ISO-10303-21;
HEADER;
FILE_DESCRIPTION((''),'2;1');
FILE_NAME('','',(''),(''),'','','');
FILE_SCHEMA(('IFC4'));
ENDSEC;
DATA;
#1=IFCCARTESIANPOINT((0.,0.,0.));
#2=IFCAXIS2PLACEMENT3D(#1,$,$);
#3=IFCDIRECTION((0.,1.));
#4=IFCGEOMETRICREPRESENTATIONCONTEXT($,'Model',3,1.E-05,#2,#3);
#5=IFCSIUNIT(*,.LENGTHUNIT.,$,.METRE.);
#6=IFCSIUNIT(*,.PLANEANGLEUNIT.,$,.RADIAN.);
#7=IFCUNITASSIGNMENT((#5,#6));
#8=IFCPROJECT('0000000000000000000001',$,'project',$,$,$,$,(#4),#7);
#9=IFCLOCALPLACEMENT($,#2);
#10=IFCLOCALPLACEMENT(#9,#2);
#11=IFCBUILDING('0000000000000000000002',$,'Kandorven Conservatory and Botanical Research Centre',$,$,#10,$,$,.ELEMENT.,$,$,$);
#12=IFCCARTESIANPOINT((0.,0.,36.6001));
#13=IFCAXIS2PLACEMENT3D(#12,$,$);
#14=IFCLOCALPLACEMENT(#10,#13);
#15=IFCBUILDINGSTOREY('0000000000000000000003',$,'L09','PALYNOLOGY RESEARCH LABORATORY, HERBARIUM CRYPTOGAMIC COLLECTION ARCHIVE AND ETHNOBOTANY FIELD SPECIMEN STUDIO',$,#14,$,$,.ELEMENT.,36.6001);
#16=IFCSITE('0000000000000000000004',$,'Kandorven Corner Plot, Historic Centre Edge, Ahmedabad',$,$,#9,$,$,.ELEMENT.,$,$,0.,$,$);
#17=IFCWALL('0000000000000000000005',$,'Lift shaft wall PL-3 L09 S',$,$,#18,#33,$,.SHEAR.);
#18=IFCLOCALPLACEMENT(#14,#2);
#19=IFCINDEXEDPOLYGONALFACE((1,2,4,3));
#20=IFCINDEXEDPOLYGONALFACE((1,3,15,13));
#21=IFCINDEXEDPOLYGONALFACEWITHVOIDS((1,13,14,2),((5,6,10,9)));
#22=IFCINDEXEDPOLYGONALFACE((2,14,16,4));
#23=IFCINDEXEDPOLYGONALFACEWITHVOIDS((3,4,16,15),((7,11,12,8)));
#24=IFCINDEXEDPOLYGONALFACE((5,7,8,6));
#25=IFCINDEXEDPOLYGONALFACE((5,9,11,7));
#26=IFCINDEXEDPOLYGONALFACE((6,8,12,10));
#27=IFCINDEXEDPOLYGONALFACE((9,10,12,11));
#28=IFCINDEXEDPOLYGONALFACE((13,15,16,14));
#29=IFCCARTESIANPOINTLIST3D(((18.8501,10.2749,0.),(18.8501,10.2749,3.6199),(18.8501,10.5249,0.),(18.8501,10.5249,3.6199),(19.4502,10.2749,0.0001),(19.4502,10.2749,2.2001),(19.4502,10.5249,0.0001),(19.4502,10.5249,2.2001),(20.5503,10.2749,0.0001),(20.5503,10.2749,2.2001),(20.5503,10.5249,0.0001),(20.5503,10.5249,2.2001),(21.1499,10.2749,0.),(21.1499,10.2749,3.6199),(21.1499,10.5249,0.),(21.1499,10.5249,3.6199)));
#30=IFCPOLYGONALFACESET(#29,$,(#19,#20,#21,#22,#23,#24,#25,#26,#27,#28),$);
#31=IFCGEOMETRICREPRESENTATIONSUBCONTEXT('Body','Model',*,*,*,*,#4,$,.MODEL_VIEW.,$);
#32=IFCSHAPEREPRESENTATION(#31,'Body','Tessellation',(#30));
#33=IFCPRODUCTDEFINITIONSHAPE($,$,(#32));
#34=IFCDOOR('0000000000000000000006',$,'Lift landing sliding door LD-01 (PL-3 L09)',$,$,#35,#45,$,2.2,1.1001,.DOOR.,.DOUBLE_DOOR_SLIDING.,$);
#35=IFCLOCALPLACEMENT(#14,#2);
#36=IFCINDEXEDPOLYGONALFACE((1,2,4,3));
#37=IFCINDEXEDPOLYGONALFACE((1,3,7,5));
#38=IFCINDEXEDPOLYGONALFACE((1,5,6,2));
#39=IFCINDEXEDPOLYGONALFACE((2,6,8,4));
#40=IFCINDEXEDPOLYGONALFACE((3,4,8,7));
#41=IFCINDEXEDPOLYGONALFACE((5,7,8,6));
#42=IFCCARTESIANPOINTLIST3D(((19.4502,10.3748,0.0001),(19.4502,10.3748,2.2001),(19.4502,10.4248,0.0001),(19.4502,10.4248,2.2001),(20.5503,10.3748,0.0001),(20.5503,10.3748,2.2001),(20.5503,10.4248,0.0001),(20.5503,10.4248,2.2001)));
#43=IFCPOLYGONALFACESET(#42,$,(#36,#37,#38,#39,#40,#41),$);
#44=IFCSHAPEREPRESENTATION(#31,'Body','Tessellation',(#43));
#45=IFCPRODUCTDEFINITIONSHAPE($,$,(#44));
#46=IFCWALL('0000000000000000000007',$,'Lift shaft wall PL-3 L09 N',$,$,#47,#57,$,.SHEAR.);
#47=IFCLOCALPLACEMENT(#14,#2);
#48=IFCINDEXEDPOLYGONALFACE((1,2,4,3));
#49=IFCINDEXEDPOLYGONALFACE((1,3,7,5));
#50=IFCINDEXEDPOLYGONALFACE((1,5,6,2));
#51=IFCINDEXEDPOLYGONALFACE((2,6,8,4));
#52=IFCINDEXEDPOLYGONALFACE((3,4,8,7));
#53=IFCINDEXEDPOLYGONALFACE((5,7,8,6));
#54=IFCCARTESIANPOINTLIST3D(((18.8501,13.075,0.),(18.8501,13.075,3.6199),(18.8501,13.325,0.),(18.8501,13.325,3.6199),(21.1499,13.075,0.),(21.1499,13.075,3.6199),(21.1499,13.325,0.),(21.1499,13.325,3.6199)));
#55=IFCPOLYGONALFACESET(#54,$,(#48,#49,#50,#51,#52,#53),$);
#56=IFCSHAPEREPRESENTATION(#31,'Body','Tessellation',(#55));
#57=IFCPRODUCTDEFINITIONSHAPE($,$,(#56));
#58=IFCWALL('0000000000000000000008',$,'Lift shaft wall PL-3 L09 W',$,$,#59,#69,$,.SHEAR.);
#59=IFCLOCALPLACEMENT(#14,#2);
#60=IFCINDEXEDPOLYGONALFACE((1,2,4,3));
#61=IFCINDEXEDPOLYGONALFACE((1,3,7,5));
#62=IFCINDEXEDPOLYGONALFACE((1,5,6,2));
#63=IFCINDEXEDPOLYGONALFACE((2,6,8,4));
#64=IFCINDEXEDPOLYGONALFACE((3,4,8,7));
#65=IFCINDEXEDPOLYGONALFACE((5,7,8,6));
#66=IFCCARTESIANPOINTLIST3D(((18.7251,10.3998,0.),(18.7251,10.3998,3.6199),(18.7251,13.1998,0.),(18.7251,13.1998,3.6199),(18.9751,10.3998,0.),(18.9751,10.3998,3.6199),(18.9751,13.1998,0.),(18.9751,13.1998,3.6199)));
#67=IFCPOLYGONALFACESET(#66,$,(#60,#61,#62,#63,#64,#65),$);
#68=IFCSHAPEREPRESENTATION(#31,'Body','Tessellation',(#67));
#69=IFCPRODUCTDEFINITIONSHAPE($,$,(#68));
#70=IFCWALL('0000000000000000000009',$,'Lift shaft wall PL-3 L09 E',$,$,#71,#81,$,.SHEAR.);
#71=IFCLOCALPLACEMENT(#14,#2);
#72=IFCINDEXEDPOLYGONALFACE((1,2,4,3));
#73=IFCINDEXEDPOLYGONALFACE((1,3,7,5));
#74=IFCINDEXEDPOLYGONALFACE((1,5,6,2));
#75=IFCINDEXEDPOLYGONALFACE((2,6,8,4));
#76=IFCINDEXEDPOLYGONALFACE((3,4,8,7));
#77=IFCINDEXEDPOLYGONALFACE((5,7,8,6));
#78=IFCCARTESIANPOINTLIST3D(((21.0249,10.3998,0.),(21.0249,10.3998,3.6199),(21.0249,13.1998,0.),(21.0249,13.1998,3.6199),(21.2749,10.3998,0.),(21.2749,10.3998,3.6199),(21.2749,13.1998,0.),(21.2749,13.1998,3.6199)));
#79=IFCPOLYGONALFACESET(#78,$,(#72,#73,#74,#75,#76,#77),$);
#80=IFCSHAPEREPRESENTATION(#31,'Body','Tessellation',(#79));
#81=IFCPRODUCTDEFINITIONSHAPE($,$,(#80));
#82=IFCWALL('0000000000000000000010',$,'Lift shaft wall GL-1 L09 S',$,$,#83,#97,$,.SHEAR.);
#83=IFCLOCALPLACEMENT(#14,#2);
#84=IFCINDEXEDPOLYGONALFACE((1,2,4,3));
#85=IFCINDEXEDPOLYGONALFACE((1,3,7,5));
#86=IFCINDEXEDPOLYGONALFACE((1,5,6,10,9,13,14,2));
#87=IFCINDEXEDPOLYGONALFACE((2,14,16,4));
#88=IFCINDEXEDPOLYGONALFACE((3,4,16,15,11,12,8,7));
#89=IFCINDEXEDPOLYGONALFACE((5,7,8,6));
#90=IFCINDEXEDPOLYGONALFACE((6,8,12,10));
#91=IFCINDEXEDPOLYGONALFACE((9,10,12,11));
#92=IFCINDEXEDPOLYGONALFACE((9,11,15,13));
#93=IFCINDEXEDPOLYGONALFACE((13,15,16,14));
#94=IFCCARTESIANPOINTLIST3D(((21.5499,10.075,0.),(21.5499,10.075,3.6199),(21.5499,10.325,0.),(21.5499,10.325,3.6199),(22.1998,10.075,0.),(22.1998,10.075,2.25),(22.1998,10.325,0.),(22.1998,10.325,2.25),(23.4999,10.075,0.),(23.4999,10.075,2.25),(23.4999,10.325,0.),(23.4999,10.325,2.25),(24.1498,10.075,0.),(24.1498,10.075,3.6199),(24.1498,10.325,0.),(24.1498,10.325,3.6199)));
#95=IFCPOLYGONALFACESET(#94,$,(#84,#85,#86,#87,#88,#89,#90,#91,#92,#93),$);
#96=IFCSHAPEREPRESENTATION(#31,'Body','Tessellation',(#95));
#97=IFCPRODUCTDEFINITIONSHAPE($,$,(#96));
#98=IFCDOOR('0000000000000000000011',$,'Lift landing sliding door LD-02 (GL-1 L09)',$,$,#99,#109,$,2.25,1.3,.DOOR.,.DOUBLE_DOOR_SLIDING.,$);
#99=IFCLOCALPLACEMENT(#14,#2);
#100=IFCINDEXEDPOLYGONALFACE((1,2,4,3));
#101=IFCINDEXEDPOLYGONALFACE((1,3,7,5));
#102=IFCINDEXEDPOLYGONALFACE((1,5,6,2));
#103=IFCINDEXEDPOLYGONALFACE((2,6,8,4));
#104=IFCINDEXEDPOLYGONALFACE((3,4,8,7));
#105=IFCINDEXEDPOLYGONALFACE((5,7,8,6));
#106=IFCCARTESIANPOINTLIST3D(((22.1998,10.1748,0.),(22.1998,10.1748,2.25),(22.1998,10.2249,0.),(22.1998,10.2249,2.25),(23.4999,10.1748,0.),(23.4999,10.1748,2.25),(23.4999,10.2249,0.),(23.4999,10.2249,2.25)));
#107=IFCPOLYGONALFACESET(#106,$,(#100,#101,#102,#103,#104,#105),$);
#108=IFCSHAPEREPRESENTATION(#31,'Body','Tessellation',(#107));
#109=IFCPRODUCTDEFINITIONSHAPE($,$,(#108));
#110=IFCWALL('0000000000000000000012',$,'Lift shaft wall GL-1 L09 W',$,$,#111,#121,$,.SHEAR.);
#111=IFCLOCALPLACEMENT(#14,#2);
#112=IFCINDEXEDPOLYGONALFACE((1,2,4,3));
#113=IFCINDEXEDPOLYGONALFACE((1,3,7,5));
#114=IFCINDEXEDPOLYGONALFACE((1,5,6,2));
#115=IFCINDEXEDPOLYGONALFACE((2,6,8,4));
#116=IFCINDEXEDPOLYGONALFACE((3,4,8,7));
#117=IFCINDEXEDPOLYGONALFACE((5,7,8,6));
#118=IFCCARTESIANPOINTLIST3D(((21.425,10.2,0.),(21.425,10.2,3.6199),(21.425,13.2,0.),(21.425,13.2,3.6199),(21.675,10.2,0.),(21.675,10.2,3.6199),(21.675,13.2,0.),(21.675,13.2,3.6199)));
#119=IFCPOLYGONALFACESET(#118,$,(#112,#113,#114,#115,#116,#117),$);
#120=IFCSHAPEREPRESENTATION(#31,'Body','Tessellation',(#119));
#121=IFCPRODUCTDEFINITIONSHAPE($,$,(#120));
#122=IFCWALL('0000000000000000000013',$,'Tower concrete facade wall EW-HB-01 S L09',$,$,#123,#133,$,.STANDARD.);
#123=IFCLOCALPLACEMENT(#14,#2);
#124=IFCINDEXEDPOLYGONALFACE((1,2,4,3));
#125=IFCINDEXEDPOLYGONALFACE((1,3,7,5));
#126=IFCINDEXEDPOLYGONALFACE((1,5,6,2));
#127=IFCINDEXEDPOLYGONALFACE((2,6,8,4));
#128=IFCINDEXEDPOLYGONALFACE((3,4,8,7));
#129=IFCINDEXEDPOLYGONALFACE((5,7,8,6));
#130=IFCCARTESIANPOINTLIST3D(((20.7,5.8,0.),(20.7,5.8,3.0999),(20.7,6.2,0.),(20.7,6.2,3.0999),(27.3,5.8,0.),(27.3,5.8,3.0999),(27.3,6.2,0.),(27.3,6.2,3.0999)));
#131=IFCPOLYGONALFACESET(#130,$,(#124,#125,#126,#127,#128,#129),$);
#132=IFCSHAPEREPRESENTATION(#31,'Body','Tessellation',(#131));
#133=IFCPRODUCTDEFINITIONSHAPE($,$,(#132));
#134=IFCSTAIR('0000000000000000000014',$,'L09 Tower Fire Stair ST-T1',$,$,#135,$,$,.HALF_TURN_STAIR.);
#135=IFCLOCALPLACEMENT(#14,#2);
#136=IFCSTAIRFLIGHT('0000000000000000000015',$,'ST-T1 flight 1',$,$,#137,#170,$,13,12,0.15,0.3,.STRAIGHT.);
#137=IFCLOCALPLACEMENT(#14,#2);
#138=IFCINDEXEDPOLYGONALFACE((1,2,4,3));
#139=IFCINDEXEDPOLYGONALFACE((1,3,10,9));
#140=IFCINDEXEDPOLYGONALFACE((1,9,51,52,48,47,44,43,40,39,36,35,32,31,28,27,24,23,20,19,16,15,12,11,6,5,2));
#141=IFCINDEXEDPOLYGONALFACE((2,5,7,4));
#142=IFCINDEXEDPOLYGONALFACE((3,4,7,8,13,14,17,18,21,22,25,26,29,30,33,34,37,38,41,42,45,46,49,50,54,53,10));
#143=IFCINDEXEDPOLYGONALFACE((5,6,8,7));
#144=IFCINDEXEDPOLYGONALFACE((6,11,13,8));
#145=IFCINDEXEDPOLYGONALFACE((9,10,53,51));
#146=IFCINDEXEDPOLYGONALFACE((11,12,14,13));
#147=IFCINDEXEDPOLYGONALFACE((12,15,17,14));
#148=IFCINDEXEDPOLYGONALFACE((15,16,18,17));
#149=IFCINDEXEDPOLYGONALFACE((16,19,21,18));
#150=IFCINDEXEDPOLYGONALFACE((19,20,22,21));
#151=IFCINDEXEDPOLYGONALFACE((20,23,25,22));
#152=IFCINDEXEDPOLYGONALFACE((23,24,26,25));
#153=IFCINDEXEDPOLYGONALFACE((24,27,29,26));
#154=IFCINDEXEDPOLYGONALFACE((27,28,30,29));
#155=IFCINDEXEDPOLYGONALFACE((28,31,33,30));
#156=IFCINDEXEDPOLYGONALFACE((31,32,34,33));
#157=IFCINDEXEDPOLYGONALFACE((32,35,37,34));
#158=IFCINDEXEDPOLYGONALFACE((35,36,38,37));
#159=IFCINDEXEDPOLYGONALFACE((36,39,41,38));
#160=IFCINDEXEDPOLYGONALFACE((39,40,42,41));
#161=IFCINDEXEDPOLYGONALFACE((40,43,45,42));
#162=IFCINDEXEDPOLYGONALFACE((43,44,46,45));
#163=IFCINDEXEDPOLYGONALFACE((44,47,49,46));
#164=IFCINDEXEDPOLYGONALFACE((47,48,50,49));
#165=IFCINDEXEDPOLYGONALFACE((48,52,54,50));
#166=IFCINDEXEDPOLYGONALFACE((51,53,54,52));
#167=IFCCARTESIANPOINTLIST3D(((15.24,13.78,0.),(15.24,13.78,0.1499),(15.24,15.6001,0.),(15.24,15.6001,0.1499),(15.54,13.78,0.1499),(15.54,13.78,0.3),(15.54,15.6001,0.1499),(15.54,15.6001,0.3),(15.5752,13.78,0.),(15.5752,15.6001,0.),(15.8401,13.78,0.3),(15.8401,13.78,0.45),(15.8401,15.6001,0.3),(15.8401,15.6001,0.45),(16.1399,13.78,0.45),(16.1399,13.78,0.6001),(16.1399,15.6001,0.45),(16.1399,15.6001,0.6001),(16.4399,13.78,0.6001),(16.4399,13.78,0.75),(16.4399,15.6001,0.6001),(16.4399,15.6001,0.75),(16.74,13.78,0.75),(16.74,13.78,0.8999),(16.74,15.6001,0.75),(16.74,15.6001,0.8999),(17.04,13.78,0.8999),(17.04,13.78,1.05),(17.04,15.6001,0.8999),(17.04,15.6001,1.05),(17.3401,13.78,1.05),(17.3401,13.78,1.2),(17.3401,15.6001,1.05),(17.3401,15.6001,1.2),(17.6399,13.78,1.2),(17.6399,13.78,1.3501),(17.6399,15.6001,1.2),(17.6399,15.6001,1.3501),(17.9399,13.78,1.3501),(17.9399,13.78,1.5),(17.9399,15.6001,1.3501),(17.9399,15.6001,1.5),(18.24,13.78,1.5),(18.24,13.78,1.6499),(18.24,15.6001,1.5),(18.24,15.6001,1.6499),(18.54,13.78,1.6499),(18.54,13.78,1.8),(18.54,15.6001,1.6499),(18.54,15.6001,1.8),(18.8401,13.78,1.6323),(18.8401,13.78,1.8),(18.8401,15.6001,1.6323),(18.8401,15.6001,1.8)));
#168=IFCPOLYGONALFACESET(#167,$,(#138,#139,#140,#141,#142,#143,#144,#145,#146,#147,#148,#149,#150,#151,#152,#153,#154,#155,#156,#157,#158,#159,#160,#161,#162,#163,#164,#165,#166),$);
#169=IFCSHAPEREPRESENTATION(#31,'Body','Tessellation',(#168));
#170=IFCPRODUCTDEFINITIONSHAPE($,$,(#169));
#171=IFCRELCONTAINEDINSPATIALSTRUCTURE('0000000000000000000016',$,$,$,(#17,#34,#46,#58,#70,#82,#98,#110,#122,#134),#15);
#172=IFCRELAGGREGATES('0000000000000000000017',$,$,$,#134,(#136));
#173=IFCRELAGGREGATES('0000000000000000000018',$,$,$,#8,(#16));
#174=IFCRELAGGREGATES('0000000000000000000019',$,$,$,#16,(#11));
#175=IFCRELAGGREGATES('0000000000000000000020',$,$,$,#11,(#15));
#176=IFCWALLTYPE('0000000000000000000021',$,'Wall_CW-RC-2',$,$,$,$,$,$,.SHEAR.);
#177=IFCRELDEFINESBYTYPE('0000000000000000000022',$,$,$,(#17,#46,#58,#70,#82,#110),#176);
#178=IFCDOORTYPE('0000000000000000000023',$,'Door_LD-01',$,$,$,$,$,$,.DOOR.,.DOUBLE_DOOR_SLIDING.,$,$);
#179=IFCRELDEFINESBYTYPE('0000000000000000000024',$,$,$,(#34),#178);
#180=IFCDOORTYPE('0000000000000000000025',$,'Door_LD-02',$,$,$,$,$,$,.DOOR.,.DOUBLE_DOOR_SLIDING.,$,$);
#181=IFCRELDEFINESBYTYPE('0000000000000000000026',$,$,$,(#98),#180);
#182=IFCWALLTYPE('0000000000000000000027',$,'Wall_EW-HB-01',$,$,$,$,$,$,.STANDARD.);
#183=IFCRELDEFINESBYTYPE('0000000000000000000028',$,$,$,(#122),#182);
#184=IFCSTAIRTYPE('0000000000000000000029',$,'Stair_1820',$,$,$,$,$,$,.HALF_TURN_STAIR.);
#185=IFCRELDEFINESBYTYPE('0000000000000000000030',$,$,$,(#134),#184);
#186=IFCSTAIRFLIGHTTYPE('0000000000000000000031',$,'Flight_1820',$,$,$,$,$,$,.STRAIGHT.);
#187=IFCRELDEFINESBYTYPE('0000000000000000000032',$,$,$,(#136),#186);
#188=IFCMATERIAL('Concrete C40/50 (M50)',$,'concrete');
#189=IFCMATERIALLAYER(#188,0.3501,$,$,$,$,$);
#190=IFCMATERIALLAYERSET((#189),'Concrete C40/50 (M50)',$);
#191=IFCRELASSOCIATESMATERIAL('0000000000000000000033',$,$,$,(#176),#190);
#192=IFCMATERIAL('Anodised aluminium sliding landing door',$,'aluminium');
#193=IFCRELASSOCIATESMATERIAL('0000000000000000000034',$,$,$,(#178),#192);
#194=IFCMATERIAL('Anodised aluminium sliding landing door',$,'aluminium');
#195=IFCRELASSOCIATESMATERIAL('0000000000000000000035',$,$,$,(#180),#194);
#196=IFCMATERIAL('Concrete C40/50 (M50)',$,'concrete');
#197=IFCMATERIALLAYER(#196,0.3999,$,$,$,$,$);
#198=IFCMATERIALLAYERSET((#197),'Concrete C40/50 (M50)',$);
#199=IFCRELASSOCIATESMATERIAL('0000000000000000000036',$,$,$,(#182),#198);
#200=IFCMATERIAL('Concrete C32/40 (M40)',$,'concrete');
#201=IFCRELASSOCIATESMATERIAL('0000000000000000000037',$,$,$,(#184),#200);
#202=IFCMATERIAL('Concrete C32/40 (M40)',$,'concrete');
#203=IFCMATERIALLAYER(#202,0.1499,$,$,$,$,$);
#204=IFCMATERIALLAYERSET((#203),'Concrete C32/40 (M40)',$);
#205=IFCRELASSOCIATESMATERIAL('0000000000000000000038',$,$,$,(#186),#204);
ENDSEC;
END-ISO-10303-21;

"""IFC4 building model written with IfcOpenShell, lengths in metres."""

from ifc_helpers import new_model, si_unit, direction, frame, frame_2d, origin, place, context, subcontext, project, spatial, polyline, rectangle, outline, extrude, material, layer, layer_set, type_object, element, fill, aggregate, save


model = new_model("IFC4")

# Units and contexts
model_context = context("Model", 3, precision=1e-05, world=origin(), true_north=direction((0.0, 1.0)))
body_context = subcontext(model_context, "Body", "Model", "MODEL_VIEW")
ifc_project = project(units=[si_unit("LENGTHUNIT", "METRE"), si_unit("PLANEANGLEUNIT", "RADIAN")], contexts=[model_context])

# Site, building, storey
site_placement = place(None, origin())
site = spatial("IfcSite", under=ifc_project, at=site_placement, Name="Kandorven Corner Plot, Historic Centre Edge, Ahmedabad", CompositionType="ELEMENT", RefElevation=0.0)
building_placement = place(site_placement, origin())
building = spatial("IfcBuilding", under=site, at=building_placement, Name="Kandorven Conservatory and Botanical Research Centre", CompositionType="ELEMENT")
storey_placement = place(building_placement, frame((0.0, 0.0, 36.6001)))
storey = spatial("IfcBuildingStorey", under=building, at=storey_placement, Name="L09", Description="PALYNOLOGY RESEARCH LABORATORY, HERBARIUM CRYPTOGAMIC COLLECTION ARCHIVE AND ETHNOBOTANY FIELD SPECIMEN STUDIO", CompositionType="ELEMENT", Elevation=36.6001)

# Shared definitions
ifc_material_1 = material(Name="Concrete C40/50 (M50)", Category="concrete")
ifc_layer_1 = layer(ifc_material_1, 0.3501)
ifc_layer_set_1 = layer_set([ifc_layer_1], Name="Concrete C40/50 (M50)")
wall_type_1 = type_object("IfcWallType", Name="Wall_CW-RC-2", PredefinedType="SHEAR", material=ifc_layer_set_1)

# Shared definitions
ifc_material_2 = material(Name="Anodised aluminium sliding landing door", Category="aluminium")
door_type_1 = type_object("IfcDoorType", Name="Door_LD-01", OperationType="DOUBLE_DOOR_SLIDING", PredefinedType="DOOR", material=ifc_material_2)

# Wall, opening, door
wall_1_placement = place(storey_placement, frame((18.8501, 10.3999, 0.0), z_axis=(0.0, 0.0, 1.0), x_axis=(1.0, 0.0, 0.0)))
wall_1 = element("IfcWall", 1, at=wall_1_placement, inside=storey, type_object=wall_type_1, Name="Lift shaft wall PL-3 L09 S", PredefinedType="SHEAR", context=body_context, shape_type="SweptSolid", body=[
    extrude(rectangle(XDim=2.2998, YDim=0.25, at=frame_2d((1.1499, 0.0))), origin(), (0.0, 0.0, 1.0), 3.6199),
])
opening_1_placement = place(wall_1_placement, frame((0.6001, 0.0, 0.0)))
opening_1 = element("IfcOpeningElement", 2, at=opening_1_placement, cuts=wall_1, PredefinedType="OPENING", context=body_context, shape_type="SweptSolid", body=[
    extrude(rectangle(XDim=1.1001, YDim=2.2, at=frame_2d((0.55, 1.1001))), frame((0.0, 0.135, 0.0), z_axis=(0.0, -1.0, 0.0), x_axis=(1.0, 0.0, 0.0)), (0.0, 0.0, 1.0), 0.27),
])
door_1_placement = place(opening_1_placement, origin())
door_1 = element("IfcDoor", 3, at=door_1_placement, inside=storey, type_object=door_type_1, Name="Lift landing sliding door LD-01 (PL-3 L09)", OperationType="DOUBLE_DOOR_SLIDING", OverallHeight=2.2, OverallWidth=1.1001, PredefinedType="DOOR", context=body_context, shape_type="SweptSolid", body=[
    extrude(rectangle(XDim=1.1001, YDim=2.2, at=frame_2d((0.55, 1.1001))), frame((0.0, 0.0249, 0.0), z_axis=(0.0, -1.0, 0.0), x_axis=(1.0, 0.0, 0.0)), (0.0, 0.0, 1.0), 0.05),
])
fill(opening_1, door_1)

# Walls
wall_2_placement = place(storey_placement, frame((18.8501, 13.2, 0.0), z_axis=(0.0, 0.0, 1.0), x_axis=(1.0, 0.0, 0.0)))
element("IfcWall", 4, at=wall_2_placement, inside=storey, type_object=wall_type_1, Name="Lift shaft wall PL-3 L09 N", PredefinedType="SHEAR", context=body_context, shape_type="SweptSolid", body=[
    extrude(rectangle(XDim=2.2998, YDim=0.25, at=frame_2d((1.1499, 0.0))), origin(), (0.0, 0.0, 1.0), 3.6199),
])
for number, where, z_axis, x_axis, name in (
    (5, (18.8501, 10.3999, 0.0), (0.0, 0.0, 1.0), (0.0, 1.0, 0.0), "Lift shaft wall PL-3 L09 W"),
    (6, (21.1499, 10.3999, 0.0), (0.0, 0.0, 1.0), (0.0, 1.0, 0.0), "Lift shaft wall PL-3 L09 E"),
):
    element("IfcWall", number, at=place(storey_placement, frame(where, z_axis=z_axis, x_axis=x_axis)), inside=storey, type_object=wall_type_1, Name=name, PredefinedType="SHEAR", context=body_context, shape_type="SweptSolid", body=[
        extrude(rectangle(XDim=2.8, YDim=0.25, at=frame_2d((1.3999, 0.0))), origin(), (0.0, 0.0, 1.0), 3.6199),
    ])

# Wall, opening, door
wall_3_placement = place(storey_placement, frame((21.55, 10.2, 0.0), z_axis=(0.0, 0.0, 1.0), x_axis=(1.0, 0.0, 0.0)))
wall_3 = element("IfcWall", 7, at=wall_3_placement, inside=storey, type_object=wall_type_1, Name="Lift shaft wall GL-1 L09 S", PredefinedType="SHEAR", context=body_context, shape_type="SweptSolid", body=[
    extrude(rectangle(XDim=2.5999, YDim=0.25, at=frame_2d((1.2998, 0.0))), origin(), (0.0, 0.0, 1.0), 3.6199),
])
opening_2_placement = place(wall_3_placement, frame((0.6499, 0.0, 0.0)))
opening_2 = element("IfcOpeningElement", 8, at=opening_2_placement, cuts=wall_3, PredefinedType="OPENING", context=body_context, shape_type="SweptSolid", body=[
    extrude(rectangle(XDim=1.3, YDim=2.25, at=frame_2d((0.6499, 1.125))), frame((0.0, 0.135, 0.0), z_axis=(0.0, -1.0, 0.0), x_axis=(1.0, 0.0, 0.0)), (0.0, 0.0, 1.0), 0.27),
])
ifc_material_3 = material(Name="Anodised aluminium sliding landing door", Category="aluminium")
door_type_2 = type_object("IfcDoorType", Name="Door_LD-02", OperationType="DOUBLE_DOOR_SLIDING", PredefinedType="DOOR", material=ifc_material_3)
door_2_placement = place(opening_2_placement, origin())
door_2 = element("IfcDoor", 9, at=door_2_placement, inside=storey, type_object=door_type_2, Name="Lift landing sliding door LD-02 (GL-1 L09)", OperationType="DOUBLE_DOOR_SLIDING", OverallHeight=2.25, OverallWidth=1.3, PredefinedType="DOOR", context=body_context, shape_type="SweptSolid", body=[
    extrude(rectangle(XDim=1.3, YDim=2.25, at=frame_2d((0.6499, 1.125))), frame((0.0, 0.0249, 0.0), z_axis=(0.0, -1.0, 0.0), x_axis=(1.0, 0.0, 0.0)), (0.0, 0.0, 1.0), 0.05),
])
fill(opening_2, door_2)

# Walls
wall_4_placement = place(storey_placement, frame((21.55, 10.2, 0.0), z_axis=(0.0, 0.0, 1.0), x_axis=(0.0, 1.0, 0.0)))
element("IfcWall", 10, at=wall_4_placement, inside=storey, type_object=wall_type_1, Name="Lift shaft wall GL-1 L09 W", PredefinedType="SHEAR", context=body_context, shape_type="SweptSolid", body=[
    extrude(rectangle(XDim=3.0, YDim=0.25, at=frame_2d((1.5, 0.0))), origin(), (0.0, 0.0, 1.0), 3.6199),
])
ifc_material_4 = material(Name="Concrete C40/50 (M50)", Category="concrete")
ifc_layer_2 = layer(ifc_material_4, 0.3999)
ifc_layer_set_2 = layer_set([ifc_layer_2], Name="Concrete C40/50 (M50)")
wall_type_2 = type_object("IfcWallType", Name="Wall_EW-HB-01", PredefinedType="STANDARD", material=ifc_layer_set_2)
wall_5_placement = place(storey_placement, frame((20.7, 6.0, 0.0), z_axis=(0.0, 0.0, 1.0), x_axis=(1.0, 0.0, 0.0)))
element("IfcWall", 11, at=wall_5_placement, inside=storey, type_object=wall_type_2, Name="Tower concrete facade wall EW-HB-01 S L09", PredefinedType="STANDARD", context=body_context, shape_type="SweptSolid", body=[
    extrude(rectangle(XDim=6.6001, YDim=0.3999, at=frame_2d((3.3, 0.0))), origin(), (0.0, 0.0, 1.0), 3.0999),
])

# Stair, stair flight
ifc_material_5 = material(Name="Concrete C32/40 (M40)", Category="concrete")
stair_type = type_object("IfcStairType", Name="Stair_1820", PredefinedType="HALF_TURN_STAIR", material=ifc_material_5)
stair_placement = place(storey_placement, origin())
stair = element("IfcStair", 12, at=stair_placement, inside=storey, type_object=stair_type, Name="L09 Tower Fire Stair ST-T1", PredefinedType="HALF_TURN_STAIR")
ifc_material_6 = material(Name="Concrete C32/40 (M40)", Category="concrete")
ifc_layer_3 = layer(ifc_material_6, 0.1499)
ifc_layer_set_3 = layer_set([ifc_layer_3], Name="Concrete C32/40 (M40)")
stair_flight_type = type_object("IfcStairFlightType", Name="Flight_1820", PredefinedType="STRAIGHT", material=ifc_layer_set_3)
stair_flight_1_placement = place(storey_placement, frame((15.24, 14.6899, 0.0), z_axis=(0.0, 0.0, 1.0), x_axis=(1.0, 0.0, 0.0)))
stair_flight_1 = element("IfcStairFlight", 13, at=stair_flight_1_placement, type_object=stair_flight_type, Name="ST-T1 flight 1", NumberOfRisers=13, NumberOfTreads=12, PredefinedType="STRAIGHT", RiserHeight=0.15, TreadLength=0.3, context=body_context, shape_type="SweptSolid", body=[
    extrude(outline(polyline([(0.0, 0.0), (0.0, 0.1499), (0.3, 0.1499), (0.3, 0.3), (0.6001, 0.3), (0.6001, 0.45), (0.8999, 0.45), (0.8999, 0.6001), (1.2, 0.6001), (1.2, 0.75), (1.5, 0.75), (1.5, 0.8999), (1.8, 0.8999), (1.8, 1.05), (2.1001, 1.05), (2.1001, 1.2), (2.3999, 1.2), (2.3999, 1.3501), (2.7, 1.3501), (2.7, 1.5), (3.0, 1.5), (3.0, 1.6499), (3.3, 1.6499), (3.3, 1.8), (3.6001, 1.8), (3.6001, 1.95), (3.6001, 1.6323), (0.3352, 0.0), (0.0, 0.0)])), frame((0.0, 0.9102, 0.0), z_axis=(0.0, -1.0, 0.0), x_axis=(1.0, 0.0, 0.0)), (0.0, 0.0, 1.0), 1.8201),
])
aggregate(stair, [stair_flight_1])

save(model, "model.ifc")
